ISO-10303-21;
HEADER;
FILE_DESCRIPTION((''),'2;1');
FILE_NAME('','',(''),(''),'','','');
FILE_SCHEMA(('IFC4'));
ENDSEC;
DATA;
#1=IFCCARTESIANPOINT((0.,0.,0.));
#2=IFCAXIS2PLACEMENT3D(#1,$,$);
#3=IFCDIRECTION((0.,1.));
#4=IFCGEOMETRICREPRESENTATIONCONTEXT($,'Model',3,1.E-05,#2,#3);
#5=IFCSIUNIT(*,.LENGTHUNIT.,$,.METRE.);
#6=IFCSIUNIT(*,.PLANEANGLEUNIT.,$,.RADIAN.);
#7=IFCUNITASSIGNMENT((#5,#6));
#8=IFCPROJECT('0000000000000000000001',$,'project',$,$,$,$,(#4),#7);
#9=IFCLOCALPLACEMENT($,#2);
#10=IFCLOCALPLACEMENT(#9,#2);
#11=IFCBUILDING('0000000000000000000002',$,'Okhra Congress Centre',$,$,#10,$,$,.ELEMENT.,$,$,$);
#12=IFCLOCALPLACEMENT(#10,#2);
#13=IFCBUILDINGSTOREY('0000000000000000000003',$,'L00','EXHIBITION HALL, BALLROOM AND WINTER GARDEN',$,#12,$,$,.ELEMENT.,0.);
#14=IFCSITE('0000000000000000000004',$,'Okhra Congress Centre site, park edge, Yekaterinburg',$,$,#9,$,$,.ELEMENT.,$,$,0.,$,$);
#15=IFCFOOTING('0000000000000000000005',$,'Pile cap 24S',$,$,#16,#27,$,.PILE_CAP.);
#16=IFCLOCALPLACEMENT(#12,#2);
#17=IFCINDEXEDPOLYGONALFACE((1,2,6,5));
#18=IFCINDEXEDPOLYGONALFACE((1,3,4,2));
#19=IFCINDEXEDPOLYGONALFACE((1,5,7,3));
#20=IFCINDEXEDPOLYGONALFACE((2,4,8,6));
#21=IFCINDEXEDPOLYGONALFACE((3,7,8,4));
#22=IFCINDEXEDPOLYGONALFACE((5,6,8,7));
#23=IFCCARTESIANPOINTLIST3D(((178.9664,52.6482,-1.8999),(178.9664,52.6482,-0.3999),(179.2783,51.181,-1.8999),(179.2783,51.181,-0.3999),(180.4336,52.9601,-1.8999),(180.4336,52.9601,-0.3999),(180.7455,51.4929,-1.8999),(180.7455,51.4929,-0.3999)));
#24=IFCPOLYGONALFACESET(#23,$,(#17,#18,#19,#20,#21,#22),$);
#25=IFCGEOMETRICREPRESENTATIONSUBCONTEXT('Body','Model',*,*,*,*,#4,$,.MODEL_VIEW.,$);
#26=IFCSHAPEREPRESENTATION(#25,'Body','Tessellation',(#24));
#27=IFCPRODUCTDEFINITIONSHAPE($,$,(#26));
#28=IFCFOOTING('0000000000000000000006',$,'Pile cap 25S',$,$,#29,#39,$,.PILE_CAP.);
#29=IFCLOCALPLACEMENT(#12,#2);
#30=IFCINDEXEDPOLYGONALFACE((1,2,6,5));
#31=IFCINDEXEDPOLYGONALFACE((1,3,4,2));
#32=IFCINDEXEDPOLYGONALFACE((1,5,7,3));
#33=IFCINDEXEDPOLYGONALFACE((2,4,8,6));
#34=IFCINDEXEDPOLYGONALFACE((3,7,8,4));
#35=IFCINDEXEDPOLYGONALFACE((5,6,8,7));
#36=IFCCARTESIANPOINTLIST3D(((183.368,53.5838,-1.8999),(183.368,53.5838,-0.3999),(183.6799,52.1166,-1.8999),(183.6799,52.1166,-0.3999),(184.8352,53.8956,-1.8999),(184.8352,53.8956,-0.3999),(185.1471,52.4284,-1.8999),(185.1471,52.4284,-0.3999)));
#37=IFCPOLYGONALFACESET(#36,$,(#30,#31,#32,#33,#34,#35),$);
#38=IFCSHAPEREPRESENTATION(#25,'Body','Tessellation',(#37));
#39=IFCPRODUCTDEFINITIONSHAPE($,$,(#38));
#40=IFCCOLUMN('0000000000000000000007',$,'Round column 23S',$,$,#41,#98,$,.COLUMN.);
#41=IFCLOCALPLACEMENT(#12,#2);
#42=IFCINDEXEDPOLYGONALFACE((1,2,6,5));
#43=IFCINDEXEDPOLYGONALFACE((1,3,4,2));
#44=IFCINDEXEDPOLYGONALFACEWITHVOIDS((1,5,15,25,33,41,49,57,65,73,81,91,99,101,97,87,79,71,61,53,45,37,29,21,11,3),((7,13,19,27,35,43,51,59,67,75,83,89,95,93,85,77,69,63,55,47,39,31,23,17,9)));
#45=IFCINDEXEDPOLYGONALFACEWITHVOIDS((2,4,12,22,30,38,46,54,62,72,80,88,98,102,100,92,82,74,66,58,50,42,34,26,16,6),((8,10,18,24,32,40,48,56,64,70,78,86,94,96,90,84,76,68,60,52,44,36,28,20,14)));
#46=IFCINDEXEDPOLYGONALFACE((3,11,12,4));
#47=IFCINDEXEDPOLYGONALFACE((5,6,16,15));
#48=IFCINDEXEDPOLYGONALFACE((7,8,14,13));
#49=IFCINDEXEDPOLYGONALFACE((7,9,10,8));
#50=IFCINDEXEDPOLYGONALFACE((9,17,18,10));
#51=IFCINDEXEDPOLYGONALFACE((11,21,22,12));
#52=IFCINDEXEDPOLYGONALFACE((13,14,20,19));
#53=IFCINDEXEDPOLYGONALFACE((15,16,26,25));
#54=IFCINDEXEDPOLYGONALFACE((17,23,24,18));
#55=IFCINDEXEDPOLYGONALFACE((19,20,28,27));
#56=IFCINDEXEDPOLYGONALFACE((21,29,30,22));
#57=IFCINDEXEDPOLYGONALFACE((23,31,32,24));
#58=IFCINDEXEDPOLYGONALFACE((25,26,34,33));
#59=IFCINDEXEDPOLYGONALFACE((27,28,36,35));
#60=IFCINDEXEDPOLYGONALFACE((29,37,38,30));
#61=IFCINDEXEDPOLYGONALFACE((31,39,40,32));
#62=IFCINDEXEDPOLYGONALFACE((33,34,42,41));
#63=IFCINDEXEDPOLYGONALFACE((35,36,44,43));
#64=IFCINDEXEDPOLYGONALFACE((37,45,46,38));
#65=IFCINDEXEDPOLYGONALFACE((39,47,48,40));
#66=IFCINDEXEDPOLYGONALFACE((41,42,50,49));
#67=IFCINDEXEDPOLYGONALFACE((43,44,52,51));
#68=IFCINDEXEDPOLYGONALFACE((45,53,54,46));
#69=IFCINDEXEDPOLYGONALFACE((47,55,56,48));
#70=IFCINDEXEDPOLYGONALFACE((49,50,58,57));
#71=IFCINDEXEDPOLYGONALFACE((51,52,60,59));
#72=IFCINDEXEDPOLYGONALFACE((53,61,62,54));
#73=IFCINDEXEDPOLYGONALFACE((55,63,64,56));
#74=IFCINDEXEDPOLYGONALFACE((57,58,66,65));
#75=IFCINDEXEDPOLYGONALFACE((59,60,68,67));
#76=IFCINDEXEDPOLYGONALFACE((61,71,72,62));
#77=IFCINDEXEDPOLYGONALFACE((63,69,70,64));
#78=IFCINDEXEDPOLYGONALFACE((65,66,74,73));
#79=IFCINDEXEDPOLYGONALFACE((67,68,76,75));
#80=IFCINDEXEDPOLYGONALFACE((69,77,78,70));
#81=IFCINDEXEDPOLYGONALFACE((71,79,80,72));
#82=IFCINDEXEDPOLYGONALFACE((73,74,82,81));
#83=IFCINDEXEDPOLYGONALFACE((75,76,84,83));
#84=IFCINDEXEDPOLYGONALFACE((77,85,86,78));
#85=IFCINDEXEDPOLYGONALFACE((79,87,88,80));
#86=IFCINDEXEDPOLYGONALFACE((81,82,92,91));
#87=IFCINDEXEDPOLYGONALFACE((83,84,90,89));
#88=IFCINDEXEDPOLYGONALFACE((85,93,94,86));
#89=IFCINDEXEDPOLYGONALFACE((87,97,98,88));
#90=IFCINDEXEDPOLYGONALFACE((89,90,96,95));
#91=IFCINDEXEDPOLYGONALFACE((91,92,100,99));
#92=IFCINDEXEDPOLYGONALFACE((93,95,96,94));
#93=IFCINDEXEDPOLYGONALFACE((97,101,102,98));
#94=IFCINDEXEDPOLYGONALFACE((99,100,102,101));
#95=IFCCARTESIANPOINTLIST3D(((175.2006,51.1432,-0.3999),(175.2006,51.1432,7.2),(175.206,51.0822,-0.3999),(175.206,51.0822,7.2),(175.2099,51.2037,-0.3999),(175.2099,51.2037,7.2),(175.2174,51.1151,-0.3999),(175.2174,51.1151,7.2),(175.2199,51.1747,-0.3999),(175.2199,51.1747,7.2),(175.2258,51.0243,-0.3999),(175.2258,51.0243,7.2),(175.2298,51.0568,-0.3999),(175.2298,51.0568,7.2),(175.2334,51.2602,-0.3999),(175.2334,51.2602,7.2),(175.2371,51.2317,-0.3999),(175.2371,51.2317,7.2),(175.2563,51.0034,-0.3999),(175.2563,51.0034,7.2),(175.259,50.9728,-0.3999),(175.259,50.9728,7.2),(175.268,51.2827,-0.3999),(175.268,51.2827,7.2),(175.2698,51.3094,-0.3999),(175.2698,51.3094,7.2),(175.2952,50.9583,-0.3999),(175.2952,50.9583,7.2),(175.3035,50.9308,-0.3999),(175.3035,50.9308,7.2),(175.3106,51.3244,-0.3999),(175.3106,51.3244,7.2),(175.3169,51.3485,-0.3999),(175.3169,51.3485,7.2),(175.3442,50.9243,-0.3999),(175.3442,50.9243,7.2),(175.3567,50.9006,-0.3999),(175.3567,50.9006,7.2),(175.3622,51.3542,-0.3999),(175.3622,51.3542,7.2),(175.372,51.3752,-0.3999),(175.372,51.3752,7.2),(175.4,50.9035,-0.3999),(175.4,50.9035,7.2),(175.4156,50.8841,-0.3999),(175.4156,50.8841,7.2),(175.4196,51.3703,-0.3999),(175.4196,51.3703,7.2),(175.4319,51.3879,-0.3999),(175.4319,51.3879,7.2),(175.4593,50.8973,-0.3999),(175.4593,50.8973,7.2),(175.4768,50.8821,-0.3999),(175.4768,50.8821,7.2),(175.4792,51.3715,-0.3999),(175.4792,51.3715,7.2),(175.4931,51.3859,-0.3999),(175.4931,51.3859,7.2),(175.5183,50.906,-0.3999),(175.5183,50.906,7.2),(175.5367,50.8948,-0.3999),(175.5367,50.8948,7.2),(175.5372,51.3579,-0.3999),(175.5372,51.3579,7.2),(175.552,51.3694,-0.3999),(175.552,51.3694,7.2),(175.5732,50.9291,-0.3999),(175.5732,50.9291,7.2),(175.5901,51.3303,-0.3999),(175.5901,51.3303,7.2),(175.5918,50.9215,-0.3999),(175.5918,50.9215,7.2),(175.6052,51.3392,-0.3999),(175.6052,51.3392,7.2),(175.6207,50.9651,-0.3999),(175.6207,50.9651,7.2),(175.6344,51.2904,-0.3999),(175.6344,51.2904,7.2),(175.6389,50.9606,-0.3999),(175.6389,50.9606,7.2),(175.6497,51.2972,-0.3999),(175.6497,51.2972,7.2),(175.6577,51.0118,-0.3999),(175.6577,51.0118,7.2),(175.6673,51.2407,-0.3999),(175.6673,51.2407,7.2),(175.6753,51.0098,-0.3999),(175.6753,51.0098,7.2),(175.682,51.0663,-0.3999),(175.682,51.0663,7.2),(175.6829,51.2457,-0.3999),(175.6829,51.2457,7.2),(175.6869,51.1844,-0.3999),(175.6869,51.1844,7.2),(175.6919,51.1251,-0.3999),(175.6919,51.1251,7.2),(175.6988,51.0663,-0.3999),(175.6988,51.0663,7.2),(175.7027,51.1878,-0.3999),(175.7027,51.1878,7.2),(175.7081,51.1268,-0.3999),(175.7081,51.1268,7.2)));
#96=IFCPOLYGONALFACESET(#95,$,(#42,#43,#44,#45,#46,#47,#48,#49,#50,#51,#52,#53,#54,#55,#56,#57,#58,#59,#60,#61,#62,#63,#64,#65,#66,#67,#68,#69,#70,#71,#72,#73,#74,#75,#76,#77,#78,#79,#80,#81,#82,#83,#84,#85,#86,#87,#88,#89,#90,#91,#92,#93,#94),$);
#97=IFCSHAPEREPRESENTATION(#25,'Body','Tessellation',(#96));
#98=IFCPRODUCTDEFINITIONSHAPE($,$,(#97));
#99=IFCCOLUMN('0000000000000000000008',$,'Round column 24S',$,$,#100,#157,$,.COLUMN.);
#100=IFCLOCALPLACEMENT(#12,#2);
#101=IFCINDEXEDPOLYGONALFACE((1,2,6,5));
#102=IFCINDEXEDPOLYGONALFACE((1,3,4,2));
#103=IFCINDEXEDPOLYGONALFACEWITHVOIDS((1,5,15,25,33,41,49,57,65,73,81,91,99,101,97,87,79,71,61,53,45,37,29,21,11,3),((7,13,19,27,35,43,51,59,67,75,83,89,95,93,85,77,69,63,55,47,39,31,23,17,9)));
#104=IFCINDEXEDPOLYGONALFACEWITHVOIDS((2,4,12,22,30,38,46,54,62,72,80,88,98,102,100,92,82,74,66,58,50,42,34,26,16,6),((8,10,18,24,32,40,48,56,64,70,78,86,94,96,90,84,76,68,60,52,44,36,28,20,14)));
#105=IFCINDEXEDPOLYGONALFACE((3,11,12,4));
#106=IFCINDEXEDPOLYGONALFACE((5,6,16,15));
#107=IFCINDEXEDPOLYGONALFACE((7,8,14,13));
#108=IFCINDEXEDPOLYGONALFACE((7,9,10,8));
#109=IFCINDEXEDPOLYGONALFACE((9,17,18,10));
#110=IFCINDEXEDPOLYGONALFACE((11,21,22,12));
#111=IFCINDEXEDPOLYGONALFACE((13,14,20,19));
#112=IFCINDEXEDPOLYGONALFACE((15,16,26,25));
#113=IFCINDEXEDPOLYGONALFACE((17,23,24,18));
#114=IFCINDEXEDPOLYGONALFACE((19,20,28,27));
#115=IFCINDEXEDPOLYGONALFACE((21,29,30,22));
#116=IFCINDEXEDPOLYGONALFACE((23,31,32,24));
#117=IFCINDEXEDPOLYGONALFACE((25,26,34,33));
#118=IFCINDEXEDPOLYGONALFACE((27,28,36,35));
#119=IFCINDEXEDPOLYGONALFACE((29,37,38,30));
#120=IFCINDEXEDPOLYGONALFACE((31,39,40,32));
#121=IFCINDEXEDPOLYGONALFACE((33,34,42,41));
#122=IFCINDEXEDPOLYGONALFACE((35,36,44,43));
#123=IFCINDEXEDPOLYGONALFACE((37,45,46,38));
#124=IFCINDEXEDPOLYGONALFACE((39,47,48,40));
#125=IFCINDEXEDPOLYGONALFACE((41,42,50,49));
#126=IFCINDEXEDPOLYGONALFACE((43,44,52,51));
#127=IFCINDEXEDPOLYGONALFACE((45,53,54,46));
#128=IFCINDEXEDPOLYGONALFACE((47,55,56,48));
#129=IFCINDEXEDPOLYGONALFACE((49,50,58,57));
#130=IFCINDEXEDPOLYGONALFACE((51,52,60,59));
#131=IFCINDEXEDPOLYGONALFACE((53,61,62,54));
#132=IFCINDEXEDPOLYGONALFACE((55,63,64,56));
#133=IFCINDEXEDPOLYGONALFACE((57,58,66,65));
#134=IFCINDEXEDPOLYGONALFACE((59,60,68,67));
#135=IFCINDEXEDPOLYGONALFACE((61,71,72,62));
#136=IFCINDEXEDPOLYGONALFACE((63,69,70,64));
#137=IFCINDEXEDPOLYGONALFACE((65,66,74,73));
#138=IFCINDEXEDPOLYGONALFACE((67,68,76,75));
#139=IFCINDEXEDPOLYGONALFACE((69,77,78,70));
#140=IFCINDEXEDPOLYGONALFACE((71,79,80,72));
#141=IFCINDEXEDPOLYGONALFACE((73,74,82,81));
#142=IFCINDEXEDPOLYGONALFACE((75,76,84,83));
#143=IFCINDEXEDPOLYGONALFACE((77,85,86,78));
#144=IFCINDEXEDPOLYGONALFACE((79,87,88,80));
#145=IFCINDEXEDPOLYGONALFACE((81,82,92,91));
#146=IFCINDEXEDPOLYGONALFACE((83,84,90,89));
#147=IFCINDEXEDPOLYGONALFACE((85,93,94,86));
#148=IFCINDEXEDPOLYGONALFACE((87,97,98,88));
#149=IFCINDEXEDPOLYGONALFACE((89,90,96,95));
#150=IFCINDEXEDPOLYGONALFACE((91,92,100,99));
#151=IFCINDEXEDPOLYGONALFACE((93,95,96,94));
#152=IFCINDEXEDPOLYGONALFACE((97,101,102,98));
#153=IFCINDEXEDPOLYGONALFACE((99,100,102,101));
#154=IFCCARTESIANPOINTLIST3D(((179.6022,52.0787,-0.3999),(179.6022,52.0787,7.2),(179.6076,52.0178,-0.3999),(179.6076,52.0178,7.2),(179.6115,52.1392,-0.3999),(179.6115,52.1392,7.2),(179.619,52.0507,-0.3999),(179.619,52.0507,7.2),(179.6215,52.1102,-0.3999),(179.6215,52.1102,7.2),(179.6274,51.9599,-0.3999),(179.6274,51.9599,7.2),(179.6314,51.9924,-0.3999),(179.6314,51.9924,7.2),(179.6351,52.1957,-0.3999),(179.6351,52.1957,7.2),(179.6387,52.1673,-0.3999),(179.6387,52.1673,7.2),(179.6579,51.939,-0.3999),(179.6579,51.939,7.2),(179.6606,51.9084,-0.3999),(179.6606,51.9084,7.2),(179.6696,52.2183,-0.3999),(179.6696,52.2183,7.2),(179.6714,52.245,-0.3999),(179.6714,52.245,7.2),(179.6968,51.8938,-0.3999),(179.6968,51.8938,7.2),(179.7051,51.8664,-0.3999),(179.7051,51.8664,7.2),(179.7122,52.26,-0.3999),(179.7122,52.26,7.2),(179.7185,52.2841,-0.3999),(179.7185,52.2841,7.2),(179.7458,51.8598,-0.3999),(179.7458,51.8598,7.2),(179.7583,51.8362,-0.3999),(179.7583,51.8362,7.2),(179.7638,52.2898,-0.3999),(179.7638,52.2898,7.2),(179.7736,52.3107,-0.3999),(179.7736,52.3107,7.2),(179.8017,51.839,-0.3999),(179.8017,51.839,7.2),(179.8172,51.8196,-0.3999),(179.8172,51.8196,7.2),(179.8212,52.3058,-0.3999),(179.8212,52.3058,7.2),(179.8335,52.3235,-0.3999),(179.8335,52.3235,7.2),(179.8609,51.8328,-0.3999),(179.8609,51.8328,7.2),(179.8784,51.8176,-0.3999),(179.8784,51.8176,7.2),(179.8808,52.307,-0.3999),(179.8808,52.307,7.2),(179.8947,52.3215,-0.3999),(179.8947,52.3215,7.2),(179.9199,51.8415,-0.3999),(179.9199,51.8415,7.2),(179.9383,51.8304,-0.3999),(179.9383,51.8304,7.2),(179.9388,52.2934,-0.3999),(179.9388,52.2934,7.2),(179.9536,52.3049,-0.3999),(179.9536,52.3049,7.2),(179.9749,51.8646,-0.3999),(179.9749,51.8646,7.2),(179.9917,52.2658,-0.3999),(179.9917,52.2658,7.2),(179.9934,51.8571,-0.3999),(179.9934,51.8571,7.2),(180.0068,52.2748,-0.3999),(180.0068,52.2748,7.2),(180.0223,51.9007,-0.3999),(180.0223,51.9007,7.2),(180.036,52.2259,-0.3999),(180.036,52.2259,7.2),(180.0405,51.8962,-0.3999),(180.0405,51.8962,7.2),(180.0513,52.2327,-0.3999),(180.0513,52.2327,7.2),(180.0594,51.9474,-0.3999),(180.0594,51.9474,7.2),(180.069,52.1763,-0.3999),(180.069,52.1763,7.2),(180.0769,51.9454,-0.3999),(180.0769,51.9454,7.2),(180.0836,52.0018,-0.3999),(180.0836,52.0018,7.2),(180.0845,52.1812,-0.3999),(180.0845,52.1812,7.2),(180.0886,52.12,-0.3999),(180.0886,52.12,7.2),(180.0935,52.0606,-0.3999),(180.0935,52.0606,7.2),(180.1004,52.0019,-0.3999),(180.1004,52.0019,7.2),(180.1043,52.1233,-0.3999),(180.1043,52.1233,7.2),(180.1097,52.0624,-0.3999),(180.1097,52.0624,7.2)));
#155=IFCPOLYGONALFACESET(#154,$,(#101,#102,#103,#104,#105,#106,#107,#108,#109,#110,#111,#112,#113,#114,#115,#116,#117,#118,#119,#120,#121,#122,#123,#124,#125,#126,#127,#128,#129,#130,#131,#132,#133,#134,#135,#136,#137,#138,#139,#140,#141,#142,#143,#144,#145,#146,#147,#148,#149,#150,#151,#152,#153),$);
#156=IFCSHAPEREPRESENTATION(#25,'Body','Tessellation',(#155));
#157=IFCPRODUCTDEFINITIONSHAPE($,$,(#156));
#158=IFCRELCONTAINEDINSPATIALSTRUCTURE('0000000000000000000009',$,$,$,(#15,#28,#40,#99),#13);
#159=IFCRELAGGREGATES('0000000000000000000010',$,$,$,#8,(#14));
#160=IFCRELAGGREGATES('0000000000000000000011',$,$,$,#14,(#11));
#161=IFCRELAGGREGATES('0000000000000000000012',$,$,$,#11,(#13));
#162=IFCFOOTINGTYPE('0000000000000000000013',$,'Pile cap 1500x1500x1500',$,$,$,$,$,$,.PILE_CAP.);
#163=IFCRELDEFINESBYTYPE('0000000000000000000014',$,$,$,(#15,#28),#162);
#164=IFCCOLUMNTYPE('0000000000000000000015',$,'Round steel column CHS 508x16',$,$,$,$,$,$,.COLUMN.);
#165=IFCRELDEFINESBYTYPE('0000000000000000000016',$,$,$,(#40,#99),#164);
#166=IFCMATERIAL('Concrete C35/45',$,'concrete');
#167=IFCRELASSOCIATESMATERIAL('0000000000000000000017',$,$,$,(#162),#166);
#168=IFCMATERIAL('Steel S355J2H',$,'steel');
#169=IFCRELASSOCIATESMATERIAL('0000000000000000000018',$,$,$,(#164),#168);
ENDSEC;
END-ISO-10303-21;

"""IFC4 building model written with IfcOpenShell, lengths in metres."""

from ifc_helpers import new_model, si_unit, direction, frame, origin, origin_2d, place, context, subcontext, project, spatial, rectangle, hollow_circle, extrude, material, material_profile, profile_set, type_object, element, save


model = new_model("IFC4")

# Units and contexts
model_context = context("Model", 3, precision=1e-05, world=origin(), true_north=direction((0.0, 1.0)))
body_context = subcontext(model_context, "Body", "Model", "MODEL_VIEW")
ifc_project = project(units=[si_unit("LENGTHUNIT", "METRE"), si_unit("PLANEANGLEUNIT", "RADIAN")], contexts=[model_context])

# Site, building, storey
site_placement = place(None, origin())
site = spatial("IfcSite", under=ifc_project, at=site_placement, Name="Okhra Congress Centre site, park edge, Yekaterinburg", CompositionType="ELEMENT", RefElevation=0.0)
building_placement = place(site_placement, origin())
building = spatial("IfcBuilding", under=site, at=building_placement, Name="Okhra Congress Centre", CompositionType="ELEMENT")
storey_placement = place(building_placement, origin())
storey = spatial("IfcBuildingStorey", under=building, at=storey_placement, Name="L00", Description="EXHIBITION HALL, BALLROOM AND WINTER GARDEN", CompositionType="ELEMENT", Elevation=0.0)

# Footings
ifc_material_1 = material(Name="Concrete C35/45", Category="concrete")
footing_type_1 = type_object("IfcFootingType", Name="Pile cap 1500x1500x1500", PredefinedType="PILE_CAP", material=ifc_material_1)
for number, where, z_axis, x_axis, name in (
    (1, (179.856, 52.0706, -1.8999), (0.0, 0.0, 1.0), (0.978148, 0.207912, 0.0), "Pile cap 24S"),
    (2, (184.2576, 53.0061, -1.8999), (0.0, 0.0, 1.0), (0.978148, 0.207912, 0.0), "Pile cap 25S"),
):
    element("IfcFooting", number, at=place(storey_placement, frame(where, z_axis=z_axis, x_axis=x_axis)), inside=storey, type_object=footing_type_1, Name=name, PredefinedType="PILE_CAP", context=body_context, shape_type="SweptSolid", body=[
        extrude(rectangle(XDim=1.5, YDim=1.5, at=origin_2d()), origin(), (0.0, 0.0, 1.0), 1.5),
    ])

# Columns
ifc_material_2 = material(Name="Steel S355J2H", Category="steel")
ifc_material_profile_1 = material_profile(ifc_material_2, hollow_circle(Radius=0.2539, WallThickness=0.0161, at=origin_2d()), Name="CHS 508x16")
ifc_profile_set_1 = profile_set([ifc_material_profile_1], Name="Steel S355J2H")
column_type = type_object("IfcColumnType", Name="Round steel column CHS 508x16", PredefinedType="COLUMN", material=ifc_profile_set_1)
for number, where, z_axis, x_axis, name in (
    (3, (175.4543, 51.135, -0.3999), (0.0, 0.0, 1.0), (0.978148, 0.207912, 0.0), "Round column 23S"),
    (4, (179.856, 52.0706, -0.3999), (0.0, 0.0, 1.0), (0.978148, 0.207912, 0.0), "Round column 24S"),
):
    element("IfcColumn", number, at=place(storey_placement, frame(where, z_axis=z_axis, x_axis=x_axis)), inside=storey, type_object=column_type, Name=name, PredefinedType="COLUMN", context=body_context, shape_type="SweptSolid", body=[
        extrude(hollow_circle(Radius=0.2539, WallThickness=0.0161, at=origin_2d()), origin(), (0.0, 0.0, 1.0), 7.5999),
    ])

save(model, "model.ifc")
